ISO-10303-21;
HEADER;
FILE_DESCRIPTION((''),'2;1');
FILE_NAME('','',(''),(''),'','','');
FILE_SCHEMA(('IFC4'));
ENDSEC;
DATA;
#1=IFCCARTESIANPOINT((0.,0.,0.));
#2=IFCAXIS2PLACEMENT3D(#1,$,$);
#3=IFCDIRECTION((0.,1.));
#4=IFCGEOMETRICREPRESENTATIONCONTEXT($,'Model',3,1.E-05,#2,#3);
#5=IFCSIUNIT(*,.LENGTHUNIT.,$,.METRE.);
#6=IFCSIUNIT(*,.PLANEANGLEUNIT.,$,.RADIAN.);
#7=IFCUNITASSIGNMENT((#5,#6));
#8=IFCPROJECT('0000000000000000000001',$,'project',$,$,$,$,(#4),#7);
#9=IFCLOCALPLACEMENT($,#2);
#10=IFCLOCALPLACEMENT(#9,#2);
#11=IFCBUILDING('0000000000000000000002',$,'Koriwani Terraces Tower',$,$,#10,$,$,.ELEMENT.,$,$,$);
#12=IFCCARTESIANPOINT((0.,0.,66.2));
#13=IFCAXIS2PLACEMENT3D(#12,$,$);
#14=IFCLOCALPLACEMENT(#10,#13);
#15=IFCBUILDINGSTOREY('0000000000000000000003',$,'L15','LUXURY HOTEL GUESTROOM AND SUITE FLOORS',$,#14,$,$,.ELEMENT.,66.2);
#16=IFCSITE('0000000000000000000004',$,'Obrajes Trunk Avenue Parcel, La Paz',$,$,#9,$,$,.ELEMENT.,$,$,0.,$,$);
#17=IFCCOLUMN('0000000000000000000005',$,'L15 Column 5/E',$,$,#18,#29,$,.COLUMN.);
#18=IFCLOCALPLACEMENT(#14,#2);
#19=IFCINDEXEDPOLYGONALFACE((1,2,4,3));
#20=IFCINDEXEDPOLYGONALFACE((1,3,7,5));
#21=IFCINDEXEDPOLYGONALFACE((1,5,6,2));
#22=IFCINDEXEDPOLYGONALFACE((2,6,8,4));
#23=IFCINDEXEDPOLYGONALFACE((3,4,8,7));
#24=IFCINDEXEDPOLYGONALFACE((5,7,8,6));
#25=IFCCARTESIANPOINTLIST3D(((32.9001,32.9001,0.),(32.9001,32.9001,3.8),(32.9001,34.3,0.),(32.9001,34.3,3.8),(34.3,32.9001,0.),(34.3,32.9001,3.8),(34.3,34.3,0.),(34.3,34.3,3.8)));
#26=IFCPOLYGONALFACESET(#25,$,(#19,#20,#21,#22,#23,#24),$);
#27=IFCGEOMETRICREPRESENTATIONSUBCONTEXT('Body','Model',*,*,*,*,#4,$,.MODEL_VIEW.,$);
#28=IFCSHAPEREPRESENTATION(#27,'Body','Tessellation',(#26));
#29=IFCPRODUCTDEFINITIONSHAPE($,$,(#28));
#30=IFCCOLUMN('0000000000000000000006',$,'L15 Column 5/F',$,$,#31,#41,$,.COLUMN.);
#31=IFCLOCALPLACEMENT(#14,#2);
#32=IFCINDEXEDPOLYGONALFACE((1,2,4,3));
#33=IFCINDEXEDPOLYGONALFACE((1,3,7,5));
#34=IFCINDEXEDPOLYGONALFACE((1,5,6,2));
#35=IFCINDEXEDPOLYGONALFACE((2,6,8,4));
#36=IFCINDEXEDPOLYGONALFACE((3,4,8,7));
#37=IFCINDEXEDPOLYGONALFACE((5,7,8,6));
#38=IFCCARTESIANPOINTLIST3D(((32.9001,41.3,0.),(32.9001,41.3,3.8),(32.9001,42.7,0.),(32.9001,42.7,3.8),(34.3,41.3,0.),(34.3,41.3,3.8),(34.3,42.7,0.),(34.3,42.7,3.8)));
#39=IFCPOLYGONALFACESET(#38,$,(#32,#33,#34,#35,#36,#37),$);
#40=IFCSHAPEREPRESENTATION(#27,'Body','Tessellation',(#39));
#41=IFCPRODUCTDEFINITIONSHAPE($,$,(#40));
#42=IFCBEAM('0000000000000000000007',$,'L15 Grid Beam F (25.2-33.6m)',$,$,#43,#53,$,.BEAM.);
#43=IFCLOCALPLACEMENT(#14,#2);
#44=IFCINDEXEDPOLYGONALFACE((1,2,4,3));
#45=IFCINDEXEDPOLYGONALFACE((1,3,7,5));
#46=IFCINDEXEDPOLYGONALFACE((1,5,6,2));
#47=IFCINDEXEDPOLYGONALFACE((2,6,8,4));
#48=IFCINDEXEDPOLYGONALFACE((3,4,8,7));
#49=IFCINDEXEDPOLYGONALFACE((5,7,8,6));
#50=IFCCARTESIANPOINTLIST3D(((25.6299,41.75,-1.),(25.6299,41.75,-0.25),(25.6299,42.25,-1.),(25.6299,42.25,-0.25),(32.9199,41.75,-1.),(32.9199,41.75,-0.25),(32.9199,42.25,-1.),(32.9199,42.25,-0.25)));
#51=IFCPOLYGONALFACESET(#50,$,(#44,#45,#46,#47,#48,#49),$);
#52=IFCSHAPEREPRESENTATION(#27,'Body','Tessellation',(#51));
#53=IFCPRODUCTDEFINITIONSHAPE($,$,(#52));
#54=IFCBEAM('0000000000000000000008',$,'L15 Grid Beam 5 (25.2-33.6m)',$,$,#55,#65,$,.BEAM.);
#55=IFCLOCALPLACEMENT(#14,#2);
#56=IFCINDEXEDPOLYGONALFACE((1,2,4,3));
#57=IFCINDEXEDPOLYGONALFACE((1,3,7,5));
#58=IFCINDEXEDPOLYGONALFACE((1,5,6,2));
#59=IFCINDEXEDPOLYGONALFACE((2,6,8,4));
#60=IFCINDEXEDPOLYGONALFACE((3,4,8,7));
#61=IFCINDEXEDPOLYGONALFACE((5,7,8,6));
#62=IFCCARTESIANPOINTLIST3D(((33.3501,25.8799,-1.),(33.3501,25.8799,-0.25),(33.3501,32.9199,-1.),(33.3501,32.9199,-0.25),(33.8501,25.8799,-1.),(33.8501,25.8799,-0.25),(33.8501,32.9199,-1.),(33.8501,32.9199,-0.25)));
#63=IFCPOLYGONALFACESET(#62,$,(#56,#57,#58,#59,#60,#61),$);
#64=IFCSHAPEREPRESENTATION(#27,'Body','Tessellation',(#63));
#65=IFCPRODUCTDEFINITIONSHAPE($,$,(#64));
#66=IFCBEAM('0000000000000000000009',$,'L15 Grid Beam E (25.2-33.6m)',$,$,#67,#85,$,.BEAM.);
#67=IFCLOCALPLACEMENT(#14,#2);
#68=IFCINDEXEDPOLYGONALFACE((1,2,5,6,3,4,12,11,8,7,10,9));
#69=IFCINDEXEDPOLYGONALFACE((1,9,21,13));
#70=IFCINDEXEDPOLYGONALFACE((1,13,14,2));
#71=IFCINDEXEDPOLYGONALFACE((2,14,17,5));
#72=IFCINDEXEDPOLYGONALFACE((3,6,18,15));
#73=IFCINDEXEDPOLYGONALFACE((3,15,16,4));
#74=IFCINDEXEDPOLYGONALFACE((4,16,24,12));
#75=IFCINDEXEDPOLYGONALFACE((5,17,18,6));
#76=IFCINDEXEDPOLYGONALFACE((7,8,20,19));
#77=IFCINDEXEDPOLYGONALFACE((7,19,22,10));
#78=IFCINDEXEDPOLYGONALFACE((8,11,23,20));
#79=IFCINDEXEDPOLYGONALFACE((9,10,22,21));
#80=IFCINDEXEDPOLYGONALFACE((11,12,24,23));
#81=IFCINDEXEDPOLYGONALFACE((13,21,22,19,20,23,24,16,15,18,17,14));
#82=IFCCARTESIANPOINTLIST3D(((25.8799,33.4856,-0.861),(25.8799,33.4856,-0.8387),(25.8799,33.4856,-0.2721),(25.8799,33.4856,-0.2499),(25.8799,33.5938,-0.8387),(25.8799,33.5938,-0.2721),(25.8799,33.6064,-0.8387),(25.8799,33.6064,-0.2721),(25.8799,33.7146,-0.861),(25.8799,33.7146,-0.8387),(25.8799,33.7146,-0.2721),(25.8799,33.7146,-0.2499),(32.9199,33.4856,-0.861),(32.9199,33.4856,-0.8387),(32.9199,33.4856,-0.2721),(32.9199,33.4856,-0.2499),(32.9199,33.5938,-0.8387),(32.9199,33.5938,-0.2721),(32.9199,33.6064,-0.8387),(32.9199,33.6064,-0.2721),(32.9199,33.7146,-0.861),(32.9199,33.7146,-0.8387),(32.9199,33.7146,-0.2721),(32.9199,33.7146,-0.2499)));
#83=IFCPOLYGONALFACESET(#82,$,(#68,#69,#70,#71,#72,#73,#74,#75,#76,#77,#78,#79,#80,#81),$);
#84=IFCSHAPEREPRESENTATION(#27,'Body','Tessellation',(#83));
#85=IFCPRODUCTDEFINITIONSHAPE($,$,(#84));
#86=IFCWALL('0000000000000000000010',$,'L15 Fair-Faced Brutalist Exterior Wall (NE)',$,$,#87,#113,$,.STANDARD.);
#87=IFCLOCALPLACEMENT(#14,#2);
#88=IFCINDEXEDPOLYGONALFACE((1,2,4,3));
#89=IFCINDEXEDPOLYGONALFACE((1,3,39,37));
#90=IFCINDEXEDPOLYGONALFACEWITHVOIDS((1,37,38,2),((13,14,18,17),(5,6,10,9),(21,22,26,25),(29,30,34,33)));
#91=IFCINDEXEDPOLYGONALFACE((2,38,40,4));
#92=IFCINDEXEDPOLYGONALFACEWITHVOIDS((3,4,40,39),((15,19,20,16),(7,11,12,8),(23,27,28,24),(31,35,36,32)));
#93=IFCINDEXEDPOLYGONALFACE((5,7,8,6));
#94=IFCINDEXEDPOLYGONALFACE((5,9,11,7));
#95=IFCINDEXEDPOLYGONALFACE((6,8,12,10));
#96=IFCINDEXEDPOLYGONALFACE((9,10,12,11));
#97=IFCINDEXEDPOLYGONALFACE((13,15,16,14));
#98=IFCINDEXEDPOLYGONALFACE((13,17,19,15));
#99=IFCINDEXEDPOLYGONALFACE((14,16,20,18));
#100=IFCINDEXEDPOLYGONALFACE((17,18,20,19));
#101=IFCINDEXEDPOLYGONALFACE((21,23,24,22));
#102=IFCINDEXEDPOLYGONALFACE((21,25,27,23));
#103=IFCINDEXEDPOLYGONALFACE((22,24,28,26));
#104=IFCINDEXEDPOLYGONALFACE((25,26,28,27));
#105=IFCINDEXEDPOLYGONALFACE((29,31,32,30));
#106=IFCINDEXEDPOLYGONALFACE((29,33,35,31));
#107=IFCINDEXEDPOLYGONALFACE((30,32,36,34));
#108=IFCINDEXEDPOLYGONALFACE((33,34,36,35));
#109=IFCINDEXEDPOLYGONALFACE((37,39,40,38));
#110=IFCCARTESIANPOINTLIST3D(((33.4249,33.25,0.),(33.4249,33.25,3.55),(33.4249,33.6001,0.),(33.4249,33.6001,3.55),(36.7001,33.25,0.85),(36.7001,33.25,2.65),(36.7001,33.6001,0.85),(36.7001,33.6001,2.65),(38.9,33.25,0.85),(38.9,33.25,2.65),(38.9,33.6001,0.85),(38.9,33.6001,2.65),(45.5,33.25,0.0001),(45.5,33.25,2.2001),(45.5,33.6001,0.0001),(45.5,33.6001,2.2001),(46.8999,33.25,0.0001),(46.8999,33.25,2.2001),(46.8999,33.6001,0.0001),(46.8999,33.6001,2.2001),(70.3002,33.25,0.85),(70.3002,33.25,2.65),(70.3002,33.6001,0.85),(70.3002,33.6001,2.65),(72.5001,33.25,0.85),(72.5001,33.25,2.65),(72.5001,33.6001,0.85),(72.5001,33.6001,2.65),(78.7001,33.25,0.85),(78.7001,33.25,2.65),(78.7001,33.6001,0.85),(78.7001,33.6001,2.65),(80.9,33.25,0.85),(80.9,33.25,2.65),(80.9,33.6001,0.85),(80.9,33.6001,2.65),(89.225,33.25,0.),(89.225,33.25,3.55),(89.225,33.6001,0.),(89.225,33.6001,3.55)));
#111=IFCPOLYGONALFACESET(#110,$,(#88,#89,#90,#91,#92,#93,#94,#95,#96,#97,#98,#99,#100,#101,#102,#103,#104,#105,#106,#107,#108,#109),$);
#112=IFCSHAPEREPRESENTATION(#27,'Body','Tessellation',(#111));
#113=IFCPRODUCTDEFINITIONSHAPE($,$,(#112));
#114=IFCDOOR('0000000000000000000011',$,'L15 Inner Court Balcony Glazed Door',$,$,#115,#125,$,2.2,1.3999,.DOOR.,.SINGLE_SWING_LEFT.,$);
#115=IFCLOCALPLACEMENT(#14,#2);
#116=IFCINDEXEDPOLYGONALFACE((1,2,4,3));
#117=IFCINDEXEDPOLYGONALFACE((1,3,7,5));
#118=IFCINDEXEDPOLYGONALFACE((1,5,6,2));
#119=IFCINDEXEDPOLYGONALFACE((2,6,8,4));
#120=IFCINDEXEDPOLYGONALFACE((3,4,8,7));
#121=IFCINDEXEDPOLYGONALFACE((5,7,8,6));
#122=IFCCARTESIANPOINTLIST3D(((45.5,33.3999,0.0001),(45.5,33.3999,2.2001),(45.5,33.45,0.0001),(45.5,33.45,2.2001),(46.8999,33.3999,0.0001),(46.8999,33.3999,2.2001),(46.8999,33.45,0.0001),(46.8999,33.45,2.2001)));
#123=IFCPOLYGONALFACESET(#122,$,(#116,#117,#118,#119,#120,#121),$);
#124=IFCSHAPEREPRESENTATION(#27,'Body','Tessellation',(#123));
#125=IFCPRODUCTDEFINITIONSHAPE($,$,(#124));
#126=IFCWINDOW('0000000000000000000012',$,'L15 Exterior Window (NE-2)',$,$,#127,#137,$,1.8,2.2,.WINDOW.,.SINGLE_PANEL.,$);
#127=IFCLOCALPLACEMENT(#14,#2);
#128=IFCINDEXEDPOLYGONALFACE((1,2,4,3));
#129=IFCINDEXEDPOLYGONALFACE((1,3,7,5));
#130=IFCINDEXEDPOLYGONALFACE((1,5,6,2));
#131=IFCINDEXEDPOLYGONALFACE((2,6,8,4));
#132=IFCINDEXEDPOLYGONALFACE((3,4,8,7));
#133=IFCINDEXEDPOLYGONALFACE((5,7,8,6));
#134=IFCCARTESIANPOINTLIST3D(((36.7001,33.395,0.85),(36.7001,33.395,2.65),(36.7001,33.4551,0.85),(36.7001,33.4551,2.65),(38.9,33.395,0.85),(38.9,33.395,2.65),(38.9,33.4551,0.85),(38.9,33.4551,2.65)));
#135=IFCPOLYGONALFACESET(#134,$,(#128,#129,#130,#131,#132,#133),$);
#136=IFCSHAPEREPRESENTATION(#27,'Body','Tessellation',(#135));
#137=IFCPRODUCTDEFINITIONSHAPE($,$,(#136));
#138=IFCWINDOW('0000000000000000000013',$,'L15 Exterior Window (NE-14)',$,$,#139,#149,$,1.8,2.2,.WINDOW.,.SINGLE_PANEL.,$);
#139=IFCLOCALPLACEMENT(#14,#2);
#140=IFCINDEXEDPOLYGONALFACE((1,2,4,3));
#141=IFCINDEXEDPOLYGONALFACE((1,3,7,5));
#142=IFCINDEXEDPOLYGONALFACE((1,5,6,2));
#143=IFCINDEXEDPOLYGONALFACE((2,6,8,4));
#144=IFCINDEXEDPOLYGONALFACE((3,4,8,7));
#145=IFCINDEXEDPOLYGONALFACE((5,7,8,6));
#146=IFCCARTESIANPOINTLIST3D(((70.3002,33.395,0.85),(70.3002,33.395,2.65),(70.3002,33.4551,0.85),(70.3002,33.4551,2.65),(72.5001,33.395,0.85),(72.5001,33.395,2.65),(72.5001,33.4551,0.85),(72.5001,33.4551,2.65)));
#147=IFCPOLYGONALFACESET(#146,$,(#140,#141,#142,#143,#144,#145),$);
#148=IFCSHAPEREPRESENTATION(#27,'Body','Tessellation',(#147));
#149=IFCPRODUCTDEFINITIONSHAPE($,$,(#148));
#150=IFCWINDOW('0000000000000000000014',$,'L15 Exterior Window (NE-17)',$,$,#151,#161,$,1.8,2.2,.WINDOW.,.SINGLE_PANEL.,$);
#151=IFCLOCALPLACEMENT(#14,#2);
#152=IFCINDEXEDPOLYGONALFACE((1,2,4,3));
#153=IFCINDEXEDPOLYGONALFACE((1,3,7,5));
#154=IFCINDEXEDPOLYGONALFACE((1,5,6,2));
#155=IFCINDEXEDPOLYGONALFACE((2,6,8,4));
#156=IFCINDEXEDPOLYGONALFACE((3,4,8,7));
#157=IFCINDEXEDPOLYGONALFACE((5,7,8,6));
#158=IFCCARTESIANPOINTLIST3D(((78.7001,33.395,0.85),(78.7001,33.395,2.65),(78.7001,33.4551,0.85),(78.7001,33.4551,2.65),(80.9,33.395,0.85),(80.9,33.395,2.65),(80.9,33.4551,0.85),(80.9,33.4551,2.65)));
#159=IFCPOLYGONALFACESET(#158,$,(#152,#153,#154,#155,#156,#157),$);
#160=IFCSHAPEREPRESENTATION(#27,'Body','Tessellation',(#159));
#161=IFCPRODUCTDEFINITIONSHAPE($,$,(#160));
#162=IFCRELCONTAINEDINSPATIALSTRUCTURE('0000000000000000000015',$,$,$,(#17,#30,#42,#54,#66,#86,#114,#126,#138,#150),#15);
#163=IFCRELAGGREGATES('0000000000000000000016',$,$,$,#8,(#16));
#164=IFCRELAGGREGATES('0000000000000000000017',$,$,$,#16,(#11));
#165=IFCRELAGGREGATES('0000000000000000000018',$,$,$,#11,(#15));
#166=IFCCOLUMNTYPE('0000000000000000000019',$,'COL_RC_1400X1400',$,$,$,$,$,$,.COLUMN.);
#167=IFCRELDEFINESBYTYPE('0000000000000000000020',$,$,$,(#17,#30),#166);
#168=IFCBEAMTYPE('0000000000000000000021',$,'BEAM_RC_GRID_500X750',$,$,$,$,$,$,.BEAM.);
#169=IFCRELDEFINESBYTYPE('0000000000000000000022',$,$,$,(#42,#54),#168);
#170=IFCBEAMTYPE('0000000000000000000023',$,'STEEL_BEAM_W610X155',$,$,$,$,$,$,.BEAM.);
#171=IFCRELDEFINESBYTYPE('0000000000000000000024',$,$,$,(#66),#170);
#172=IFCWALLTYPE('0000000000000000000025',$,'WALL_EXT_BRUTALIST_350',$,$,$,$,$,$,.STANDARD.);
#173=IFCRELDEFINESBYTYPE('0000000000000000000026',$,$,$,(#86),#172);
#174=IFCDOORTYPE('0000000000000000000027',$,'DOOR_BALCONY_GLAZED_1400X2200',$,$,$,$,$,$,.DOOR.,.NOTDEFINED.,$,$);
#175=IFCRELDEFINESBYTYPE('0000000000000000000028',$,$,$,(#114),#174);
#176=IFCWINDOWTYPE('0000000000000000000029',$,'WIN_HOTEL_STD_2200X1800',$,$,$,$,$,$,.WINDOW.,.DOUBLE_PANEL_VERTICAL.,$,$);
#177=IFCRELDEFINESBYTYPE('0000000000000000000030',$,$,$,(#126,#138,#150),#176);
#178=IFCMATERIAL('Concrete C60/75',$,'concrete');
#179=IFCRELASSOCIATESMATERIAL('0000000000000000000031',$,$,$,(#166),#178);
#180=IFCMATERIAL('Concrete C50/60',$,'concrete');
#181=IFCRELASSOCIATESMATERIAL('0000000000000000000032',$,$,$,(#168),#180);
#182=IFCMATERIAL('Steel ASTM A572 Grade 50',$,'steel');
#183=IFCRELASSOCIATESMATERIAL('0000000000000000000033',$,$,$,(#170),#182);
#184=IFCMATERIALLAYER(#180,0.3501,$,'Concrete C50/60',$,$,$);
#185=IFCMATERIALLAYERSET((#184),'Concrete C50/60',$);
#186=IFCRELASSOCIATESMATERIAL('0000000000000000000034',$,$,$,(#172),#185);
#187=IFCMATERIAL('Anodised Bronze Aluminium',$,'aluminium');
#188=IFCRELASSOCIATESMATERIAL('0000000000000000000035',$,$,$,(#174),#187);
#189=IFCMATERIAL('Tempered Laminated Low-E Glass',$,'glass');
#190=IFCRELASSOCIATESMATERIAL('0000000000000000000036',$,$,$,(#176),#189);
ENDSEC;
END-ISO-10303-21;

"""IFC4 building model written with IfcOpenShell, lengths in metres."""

from ifc_helpers import new_model, si_unit, direction, frame, frame_2d, origin, origin_2d, place, context, subcontext, project, spatial, rectangle, i_section, extrude, material, layer, layer_set, material_profile, profile_set, type_object, element, fill, save


model = new_model("IFC4")

# Units and contexts
model_context = context("Model", 3, precision=1e-05, world=origin(), true_north=direction((0.0, 1.0)))
body_context = subcontext(model_context, "Body", "Model", "MODEL_VIEW")
ifc_project = project(units=[si_unit("LENGTHUNIT", "METRE"), si_unit("PLANEANGLEUNIT", "RADIAN")], contexts=[model_context])

# Site, building, storey
site_placement = place(None, origin())
site = spatial("IfcSite", under=ifc_project, at=site_placement, Name="Obrajes Trunk Avenue Parcel, La Paz", CompositionType="ELEMENT", RefElevation=0.0)
building_placement = place(site_placement, origin())
building = spatial("IfcBuilding", under=site, at=building_placement, Name="Koriwani Terraces Tower", CompositionType="ELEMENT")
storey_placement = place(building_placement, frame((0.0, 0.0, 66.2)))
storey = spatial("IfcBuildingStorey", under=building, at=storey_placement, Name="L15", Description="LUXURY HOTEL GUESTROOM AND SUITE FLOORS", CompositionType="ELEMENT", Elevation=66.2)

# Columns
ifc_material_1 = material(Name="Concrete C60/75", Category="concrete")
ifc_material_profile_1 = material_profile(ifc_material_1, rectangle(XDim=1.3999, YDim=1.3999, at=origin_2d()), Name="Concrete C60/75", Category="LoadBearing")
ifc_profile_set_1 = profile_set([ifc_material_profile_1], Name="Concrete C60/75")
column_type = type_object("IfcColumnType", Name="COL_RC_1400X1400", PredefinedType="COLUMN", material=ifc_profile_set_1)
for number, where, z_axis, x_axis, name in (
    (1, (33.6001, 33.6001, 0.0), (0.0, 0.0, 1.0), (1.0, 0.0, 0.0), "L15 Column 5/E"),
    (2, (33.6001, 42.0, 0.0), (0.0, 0.0, 1.0), (1.0, 0.0, 0.0), "L15 Column 5/F"),
):
    element("IfcColumn", number, at=place(storey_placement, frame(where, z_axis=z_axis, x_axis=x_axis)), inside=storey, type_object=column_type, Name=name, PredefinedType="COLUMN", context=body_context, shape_type="SweptSolid", body=[
        extrude(rectangle(XDim=1.3999, YDim=1.3999, at=origin_2d()), origin(), (0.0, 0.0, 1.0), 3.8),
    ])

# Beams
ifc_material_2 = material(Name="Concrete C50/60", Category="concrete")
ifc_material_profile_2 = material_profile(ifc_material_2, rectangle(XDim=0.5, YDim=0.75, at=origin_2d()), Name="Concrete C50/60", Category="LoadBearing")
ifc_profile_set_2 = profile_set([ifc_material_profile_2], Name="Concrete C50/60")
beam_type_1 = type_object("IfcBeamType", Name="BEAM_RC_GRID_500X750", PredefinedType="BEAM", material=ifc_profile_set_2)
beam_1_placement = place(storey_placement, frame((25.6299, 42.0, -0.625), z_axis=(1.0, 0.0, 0.0), x_axis=(0.0, 1.0, 0.0)))
element("IfcBeam", 3, at=beam_1_placement, inside=storey, type_object=beam_type_1, Name="L15 Grid Beam F (25.2-33.6m)", PredefinedType="BEAM", context=body_context, shape_type="SweptSolid", body=[
    extrude(rectangle(XDim=0.5, YDim=0.75, at=origin_2d()), origin(), (0.0, 0.0, 1.0), 7.29),
])
beam_2_placement = place(storey_placement, frame((33.6001, 25.8799, -0.625), z_axis=(0.0, 1.0, 0.0), x_axis=(-1.0, 0.0, 0.0)))
element("IfcBeam", 4, at=beam_2_placement, inside=storey, type_object=beam_type_1, Name="L15 Grid Beam 5 (25.2-33.6m)", PredefinedType="BEAM", context=body_context, shape_type="SweptSolid", body=[
    extrude(rectangle(XDim=0.5, YDim=0.75, at=origin_2d()), origin(), (0.0, 0.0, 1.0), 7.04),
])
ifc_material_3 = material(Name="Steel ASTM A572 Grade 50", Category="steel")
ifc_material_profile_3 = material_profile(ifc_material_3, i_section(OverallWidth=0.229, OverallDepth=0.6111, WebThickness=0.0127, FlangeThickness=0.0222, at=origin_2d()), Name="Steel ASTM A572 Grade 50", Category="LoadBearing")
ifc_profile_set_3 = profile_set([ifc_material_profile_3], Name="Steel ASTM A572 Grade 50")
beam_type_2 = type_object("IfcBeamType", Name="STEEL_BEAM_W610X155", PredefinedType="BEAM", material=ifc_profile_set_3)
beam_3_placement = place(storey_placement, frame((25.8799, 33.6001, -0.5554), z_axis=(1.0, 0.0, 0.0), x_axis=(0.0, 1.0, 0.0)))
element("IfcBeam", 5, at=beam_3_placement, inside=storey, type_object=beam_type_2, Name="L15 Grid Beam E (25.2-33.6m)", PredefinedType="BEAM", context=body_context, shape_type="SweptSolid", body=[
    extrude(i_section(OverallWidth=0.229, OverallDepth=0.6111, WebThickness=0.0127, FlangeThickness=0.0222, at=origin_2d()), origin(), (0.0, 0.0, 1.0), 7.04),
])

# Wall, openings, door, windows
ifc_layer_1 = layer(ifc_material_2, 0.3501, Name="Concrete C50/60")
ifc_layer_set_1 = layer_set([ifc_layer_1], Name="Concrete C50/60")
wall_type_1 = type_object("IfcWallType", Name="WALL_EXT_BRUTALIST_350", PredefinedType="STANDARD", material=ifc_layer_set_1)
wall_1_placement = place(storey_placement, frame((33.425, 33.425, 0.0), z_axis=(0.0, 0.0, 1.0), x_axis=(1.0, 0.0, 0.0)))
wall_1 = element("IfcWall", 6, at=wall_1_placement, inside=storey, type_object=wall_type_1, Name="L15 Fair-Faced Brutalist Exterior Wall (NE)", PredefinedType="STANDARD", context=body_context, shape_type="SweptSolid", body=[
    extrude(rectangle(XDim=55.8, YDim=0.3501, at=frame_2d((27.8999, 0.0))), origin(), (0.0, 0.0, 1.0), 3.55),
])
opening_1_placement = place(wall_1_placement, frame((12.075, 0.0, 0.0)))
opening_1 = element("IfcOpeningElement", 7, at=opening_1_placement, cuts=wall_1, PredefinedType="OPENING", context=body_context, shape_type="SweptSolid", body=[
    extrude(rectangle(XDim=1.3999, YDim=2.2, at=frame_2d((0.7, 1.1001))), frame((0.0, 0.1851, 0.0), z_axis=(0.0, -1.0, 0.0), x_axis=(1.0, 0.0, 0.0)), (0.0, 0.0, 1.0), 0.3701),
])
opening_2_placement = place(wall_1_placement, frame((3.2749, 0.0, 0.8501)))
opening_2 = element("IfcOpeningElement", 8, at=opening_2_placement, cuts=wall_1, PredefinedType="OPENING", context=body_context, shape_type="SweptSolid", body=[
    extrude(rectangle(XDim=2.2, YDim=1.8, at=frame_2d((1.1001, 0.8999))), frame((0.0, 0.1851, 0.0), z_axis=(0.0, -1.0, 0.0), x_axis=(1.0, 0.0, 0.0)), (0.0, 0.0, 1.0), 0.3701),
])
opening_3_placement = place(wall_1_placement, frame((36.875, 0.0, 0.8501)))
opening_3 = element("IfcOpeningElement", 9, at=opening_3_placement, cuts=wall_1, PredefinedType="OPENING", context=body_context, shape_type="SweptSolid", body=[
    extrude(rectangle(XDim=2.2, YDim=1.8, at=frame_2d((1.1001, 0.8999))), frame((0.0, 0.1851, 0.0), z_axis=(0.0, -1.0, 0.0), x_axis=(1.0, 0.0, 0.0)), (0.0, 0.0, 1.0), 0.3701),
])
opening_4_placement = place(wall_1_placement, frame((45.2749, 0.0, 0.8501)))
opening_4 = element("IfcOpeningElement", 10, at=opening_4_placement, cuts=wall_1, PredefinedType="OPENING", context=body_context, shape_type="SweptSolid", body=[
    extrude(rectangle(XDim=2.2, YDim=1.8, at=frame_2d((1.1001, 0.8999))), frame((0.0, 0.1851, 0.0), z_axis=(0.0, -1.0, 0.0), x_axis=(1.0, 0.0, 0.0)), (0.0, 0.0, 1.0), 0.3701),
])
ifc_material_4 = material(Name="Anodised Bronze Aluminium", Category="aluminium")
door_type = type_object("IfcDoorType", Name="DOOR_BALCONY_GLAZED_1400X2200", OperationType="NOTDEFINED", PredefinedType="DOOR", material=ifc_material_4)
door_placement = place(opening_1_placement, origin())
door = element("IfcDoor", 11, at=door_placement, inside=storey, type_object=door_type, Name="L15 Inner Court Balcony Glazed Door", OperationType="SINGLE_SWING_LEFT", OverallHeight=2.2, OverallWidth=1.3999, PredefinedType="DOOR", context=body_context, shape_type="SweptSolid", body=[
    extrude(rectangle(XDim=1.3999, YDim=2.2, at=frame_2d((0.7, 1.1001))), frame((0.0, 0.0249, 0.0), z_axis=(0.0, -1.0, 0.0), x_axis=(1.0, 0.0, 0.0)), (0.0, 0.0, 1.0), 0.05),
])
fill(opening_1, door)
ifc_material_5 = material(Name="Tempered Laminated Low-E Glass", Category="glass")
window_type = type_object("IfcWindowType", Name="WIN_HOTEL_STD_2200X1800", PartitioningType="DOUBLE_PANEL_VERTICAL", PredefinedType="WINDOW", material=ifc_material_5)
window_1_placement = place(opening_2_placement, origin())
window_1 = element("IfcWindow", 12, at=window_1_placement, inside=storey, type_object=window_type, Name="L15 Exterior Window (NE-2)", OverallHeight=1.8, OverallWidth=2.2, PartitioningType="SINGLE_PANEL", PredefinedType="WINDOW", context=body_context, shape_type="SweptSolid", body=[
    extrude(rectangle(XDim=2.2, YDim=1.8, at=frame_2d((1.1001, 0.8999))), frame((0.0, 0.03, 0.0), z_axis=(0.0, -1.0, 0.0), x_axis=(1.0, 0.0, 0.0)), (0.0, 0.0, 1.0), 0.0601),
])
fill(opening_2, window_1)
window_2_placement = place(opening_3_placement, origin())
window_2 = element("IfcWindow", 13, at=window_2_placement, inside=storey, type_object=window_type, Name="L15 Exterior Window (NE-14)", OverallHeight=1.8, OverallWidth=2.2, PartitioningType="SINGLE_PANEL", PredefinedType="WINDOW", context=body_context, shape_type="SweptSolid", body=[
    extrude(rectangle(XDim=2.2, YDim=1.8, at=frame_2d((1.1001, 0.8999))), frame((0.0, 0.03, 0.0), z_axis=(0.0, -1.0, 0.0), x_axis=(1.0, 0.0, 0.0)), (0.0, 0.0, 1.0), 0.0601),
])
fill(opening_3, window_2)
window_3_placement = place(opening_4_placement, origin())
window_3 = element("IfcWindow", 14, at=window_3_placement, inside=storey, type_object=window_type, Name="L15 Exterior Window (NE-17)", OverallHeight=1.8, OverallWidth=2.2, PartitioningType="SINGLE_PANEL", PredefinedType="WINDOW", context=body_context, shape_type="SweptSolid", body=[
    extrude(rectangle(XDim=2.2, YDim=1.8, at=frame_2d((1.1001, 0.8999))), frame((0.0, 0.03, 0.0), z_axis=(0.0, -1.0, 0.0), x_axis=(1.0, 0.0, 0.0)), (0.0, 0.0, 1.0), 0.0601),
])
fill(opening_4, window_3)

save(model, "model.ifc")
